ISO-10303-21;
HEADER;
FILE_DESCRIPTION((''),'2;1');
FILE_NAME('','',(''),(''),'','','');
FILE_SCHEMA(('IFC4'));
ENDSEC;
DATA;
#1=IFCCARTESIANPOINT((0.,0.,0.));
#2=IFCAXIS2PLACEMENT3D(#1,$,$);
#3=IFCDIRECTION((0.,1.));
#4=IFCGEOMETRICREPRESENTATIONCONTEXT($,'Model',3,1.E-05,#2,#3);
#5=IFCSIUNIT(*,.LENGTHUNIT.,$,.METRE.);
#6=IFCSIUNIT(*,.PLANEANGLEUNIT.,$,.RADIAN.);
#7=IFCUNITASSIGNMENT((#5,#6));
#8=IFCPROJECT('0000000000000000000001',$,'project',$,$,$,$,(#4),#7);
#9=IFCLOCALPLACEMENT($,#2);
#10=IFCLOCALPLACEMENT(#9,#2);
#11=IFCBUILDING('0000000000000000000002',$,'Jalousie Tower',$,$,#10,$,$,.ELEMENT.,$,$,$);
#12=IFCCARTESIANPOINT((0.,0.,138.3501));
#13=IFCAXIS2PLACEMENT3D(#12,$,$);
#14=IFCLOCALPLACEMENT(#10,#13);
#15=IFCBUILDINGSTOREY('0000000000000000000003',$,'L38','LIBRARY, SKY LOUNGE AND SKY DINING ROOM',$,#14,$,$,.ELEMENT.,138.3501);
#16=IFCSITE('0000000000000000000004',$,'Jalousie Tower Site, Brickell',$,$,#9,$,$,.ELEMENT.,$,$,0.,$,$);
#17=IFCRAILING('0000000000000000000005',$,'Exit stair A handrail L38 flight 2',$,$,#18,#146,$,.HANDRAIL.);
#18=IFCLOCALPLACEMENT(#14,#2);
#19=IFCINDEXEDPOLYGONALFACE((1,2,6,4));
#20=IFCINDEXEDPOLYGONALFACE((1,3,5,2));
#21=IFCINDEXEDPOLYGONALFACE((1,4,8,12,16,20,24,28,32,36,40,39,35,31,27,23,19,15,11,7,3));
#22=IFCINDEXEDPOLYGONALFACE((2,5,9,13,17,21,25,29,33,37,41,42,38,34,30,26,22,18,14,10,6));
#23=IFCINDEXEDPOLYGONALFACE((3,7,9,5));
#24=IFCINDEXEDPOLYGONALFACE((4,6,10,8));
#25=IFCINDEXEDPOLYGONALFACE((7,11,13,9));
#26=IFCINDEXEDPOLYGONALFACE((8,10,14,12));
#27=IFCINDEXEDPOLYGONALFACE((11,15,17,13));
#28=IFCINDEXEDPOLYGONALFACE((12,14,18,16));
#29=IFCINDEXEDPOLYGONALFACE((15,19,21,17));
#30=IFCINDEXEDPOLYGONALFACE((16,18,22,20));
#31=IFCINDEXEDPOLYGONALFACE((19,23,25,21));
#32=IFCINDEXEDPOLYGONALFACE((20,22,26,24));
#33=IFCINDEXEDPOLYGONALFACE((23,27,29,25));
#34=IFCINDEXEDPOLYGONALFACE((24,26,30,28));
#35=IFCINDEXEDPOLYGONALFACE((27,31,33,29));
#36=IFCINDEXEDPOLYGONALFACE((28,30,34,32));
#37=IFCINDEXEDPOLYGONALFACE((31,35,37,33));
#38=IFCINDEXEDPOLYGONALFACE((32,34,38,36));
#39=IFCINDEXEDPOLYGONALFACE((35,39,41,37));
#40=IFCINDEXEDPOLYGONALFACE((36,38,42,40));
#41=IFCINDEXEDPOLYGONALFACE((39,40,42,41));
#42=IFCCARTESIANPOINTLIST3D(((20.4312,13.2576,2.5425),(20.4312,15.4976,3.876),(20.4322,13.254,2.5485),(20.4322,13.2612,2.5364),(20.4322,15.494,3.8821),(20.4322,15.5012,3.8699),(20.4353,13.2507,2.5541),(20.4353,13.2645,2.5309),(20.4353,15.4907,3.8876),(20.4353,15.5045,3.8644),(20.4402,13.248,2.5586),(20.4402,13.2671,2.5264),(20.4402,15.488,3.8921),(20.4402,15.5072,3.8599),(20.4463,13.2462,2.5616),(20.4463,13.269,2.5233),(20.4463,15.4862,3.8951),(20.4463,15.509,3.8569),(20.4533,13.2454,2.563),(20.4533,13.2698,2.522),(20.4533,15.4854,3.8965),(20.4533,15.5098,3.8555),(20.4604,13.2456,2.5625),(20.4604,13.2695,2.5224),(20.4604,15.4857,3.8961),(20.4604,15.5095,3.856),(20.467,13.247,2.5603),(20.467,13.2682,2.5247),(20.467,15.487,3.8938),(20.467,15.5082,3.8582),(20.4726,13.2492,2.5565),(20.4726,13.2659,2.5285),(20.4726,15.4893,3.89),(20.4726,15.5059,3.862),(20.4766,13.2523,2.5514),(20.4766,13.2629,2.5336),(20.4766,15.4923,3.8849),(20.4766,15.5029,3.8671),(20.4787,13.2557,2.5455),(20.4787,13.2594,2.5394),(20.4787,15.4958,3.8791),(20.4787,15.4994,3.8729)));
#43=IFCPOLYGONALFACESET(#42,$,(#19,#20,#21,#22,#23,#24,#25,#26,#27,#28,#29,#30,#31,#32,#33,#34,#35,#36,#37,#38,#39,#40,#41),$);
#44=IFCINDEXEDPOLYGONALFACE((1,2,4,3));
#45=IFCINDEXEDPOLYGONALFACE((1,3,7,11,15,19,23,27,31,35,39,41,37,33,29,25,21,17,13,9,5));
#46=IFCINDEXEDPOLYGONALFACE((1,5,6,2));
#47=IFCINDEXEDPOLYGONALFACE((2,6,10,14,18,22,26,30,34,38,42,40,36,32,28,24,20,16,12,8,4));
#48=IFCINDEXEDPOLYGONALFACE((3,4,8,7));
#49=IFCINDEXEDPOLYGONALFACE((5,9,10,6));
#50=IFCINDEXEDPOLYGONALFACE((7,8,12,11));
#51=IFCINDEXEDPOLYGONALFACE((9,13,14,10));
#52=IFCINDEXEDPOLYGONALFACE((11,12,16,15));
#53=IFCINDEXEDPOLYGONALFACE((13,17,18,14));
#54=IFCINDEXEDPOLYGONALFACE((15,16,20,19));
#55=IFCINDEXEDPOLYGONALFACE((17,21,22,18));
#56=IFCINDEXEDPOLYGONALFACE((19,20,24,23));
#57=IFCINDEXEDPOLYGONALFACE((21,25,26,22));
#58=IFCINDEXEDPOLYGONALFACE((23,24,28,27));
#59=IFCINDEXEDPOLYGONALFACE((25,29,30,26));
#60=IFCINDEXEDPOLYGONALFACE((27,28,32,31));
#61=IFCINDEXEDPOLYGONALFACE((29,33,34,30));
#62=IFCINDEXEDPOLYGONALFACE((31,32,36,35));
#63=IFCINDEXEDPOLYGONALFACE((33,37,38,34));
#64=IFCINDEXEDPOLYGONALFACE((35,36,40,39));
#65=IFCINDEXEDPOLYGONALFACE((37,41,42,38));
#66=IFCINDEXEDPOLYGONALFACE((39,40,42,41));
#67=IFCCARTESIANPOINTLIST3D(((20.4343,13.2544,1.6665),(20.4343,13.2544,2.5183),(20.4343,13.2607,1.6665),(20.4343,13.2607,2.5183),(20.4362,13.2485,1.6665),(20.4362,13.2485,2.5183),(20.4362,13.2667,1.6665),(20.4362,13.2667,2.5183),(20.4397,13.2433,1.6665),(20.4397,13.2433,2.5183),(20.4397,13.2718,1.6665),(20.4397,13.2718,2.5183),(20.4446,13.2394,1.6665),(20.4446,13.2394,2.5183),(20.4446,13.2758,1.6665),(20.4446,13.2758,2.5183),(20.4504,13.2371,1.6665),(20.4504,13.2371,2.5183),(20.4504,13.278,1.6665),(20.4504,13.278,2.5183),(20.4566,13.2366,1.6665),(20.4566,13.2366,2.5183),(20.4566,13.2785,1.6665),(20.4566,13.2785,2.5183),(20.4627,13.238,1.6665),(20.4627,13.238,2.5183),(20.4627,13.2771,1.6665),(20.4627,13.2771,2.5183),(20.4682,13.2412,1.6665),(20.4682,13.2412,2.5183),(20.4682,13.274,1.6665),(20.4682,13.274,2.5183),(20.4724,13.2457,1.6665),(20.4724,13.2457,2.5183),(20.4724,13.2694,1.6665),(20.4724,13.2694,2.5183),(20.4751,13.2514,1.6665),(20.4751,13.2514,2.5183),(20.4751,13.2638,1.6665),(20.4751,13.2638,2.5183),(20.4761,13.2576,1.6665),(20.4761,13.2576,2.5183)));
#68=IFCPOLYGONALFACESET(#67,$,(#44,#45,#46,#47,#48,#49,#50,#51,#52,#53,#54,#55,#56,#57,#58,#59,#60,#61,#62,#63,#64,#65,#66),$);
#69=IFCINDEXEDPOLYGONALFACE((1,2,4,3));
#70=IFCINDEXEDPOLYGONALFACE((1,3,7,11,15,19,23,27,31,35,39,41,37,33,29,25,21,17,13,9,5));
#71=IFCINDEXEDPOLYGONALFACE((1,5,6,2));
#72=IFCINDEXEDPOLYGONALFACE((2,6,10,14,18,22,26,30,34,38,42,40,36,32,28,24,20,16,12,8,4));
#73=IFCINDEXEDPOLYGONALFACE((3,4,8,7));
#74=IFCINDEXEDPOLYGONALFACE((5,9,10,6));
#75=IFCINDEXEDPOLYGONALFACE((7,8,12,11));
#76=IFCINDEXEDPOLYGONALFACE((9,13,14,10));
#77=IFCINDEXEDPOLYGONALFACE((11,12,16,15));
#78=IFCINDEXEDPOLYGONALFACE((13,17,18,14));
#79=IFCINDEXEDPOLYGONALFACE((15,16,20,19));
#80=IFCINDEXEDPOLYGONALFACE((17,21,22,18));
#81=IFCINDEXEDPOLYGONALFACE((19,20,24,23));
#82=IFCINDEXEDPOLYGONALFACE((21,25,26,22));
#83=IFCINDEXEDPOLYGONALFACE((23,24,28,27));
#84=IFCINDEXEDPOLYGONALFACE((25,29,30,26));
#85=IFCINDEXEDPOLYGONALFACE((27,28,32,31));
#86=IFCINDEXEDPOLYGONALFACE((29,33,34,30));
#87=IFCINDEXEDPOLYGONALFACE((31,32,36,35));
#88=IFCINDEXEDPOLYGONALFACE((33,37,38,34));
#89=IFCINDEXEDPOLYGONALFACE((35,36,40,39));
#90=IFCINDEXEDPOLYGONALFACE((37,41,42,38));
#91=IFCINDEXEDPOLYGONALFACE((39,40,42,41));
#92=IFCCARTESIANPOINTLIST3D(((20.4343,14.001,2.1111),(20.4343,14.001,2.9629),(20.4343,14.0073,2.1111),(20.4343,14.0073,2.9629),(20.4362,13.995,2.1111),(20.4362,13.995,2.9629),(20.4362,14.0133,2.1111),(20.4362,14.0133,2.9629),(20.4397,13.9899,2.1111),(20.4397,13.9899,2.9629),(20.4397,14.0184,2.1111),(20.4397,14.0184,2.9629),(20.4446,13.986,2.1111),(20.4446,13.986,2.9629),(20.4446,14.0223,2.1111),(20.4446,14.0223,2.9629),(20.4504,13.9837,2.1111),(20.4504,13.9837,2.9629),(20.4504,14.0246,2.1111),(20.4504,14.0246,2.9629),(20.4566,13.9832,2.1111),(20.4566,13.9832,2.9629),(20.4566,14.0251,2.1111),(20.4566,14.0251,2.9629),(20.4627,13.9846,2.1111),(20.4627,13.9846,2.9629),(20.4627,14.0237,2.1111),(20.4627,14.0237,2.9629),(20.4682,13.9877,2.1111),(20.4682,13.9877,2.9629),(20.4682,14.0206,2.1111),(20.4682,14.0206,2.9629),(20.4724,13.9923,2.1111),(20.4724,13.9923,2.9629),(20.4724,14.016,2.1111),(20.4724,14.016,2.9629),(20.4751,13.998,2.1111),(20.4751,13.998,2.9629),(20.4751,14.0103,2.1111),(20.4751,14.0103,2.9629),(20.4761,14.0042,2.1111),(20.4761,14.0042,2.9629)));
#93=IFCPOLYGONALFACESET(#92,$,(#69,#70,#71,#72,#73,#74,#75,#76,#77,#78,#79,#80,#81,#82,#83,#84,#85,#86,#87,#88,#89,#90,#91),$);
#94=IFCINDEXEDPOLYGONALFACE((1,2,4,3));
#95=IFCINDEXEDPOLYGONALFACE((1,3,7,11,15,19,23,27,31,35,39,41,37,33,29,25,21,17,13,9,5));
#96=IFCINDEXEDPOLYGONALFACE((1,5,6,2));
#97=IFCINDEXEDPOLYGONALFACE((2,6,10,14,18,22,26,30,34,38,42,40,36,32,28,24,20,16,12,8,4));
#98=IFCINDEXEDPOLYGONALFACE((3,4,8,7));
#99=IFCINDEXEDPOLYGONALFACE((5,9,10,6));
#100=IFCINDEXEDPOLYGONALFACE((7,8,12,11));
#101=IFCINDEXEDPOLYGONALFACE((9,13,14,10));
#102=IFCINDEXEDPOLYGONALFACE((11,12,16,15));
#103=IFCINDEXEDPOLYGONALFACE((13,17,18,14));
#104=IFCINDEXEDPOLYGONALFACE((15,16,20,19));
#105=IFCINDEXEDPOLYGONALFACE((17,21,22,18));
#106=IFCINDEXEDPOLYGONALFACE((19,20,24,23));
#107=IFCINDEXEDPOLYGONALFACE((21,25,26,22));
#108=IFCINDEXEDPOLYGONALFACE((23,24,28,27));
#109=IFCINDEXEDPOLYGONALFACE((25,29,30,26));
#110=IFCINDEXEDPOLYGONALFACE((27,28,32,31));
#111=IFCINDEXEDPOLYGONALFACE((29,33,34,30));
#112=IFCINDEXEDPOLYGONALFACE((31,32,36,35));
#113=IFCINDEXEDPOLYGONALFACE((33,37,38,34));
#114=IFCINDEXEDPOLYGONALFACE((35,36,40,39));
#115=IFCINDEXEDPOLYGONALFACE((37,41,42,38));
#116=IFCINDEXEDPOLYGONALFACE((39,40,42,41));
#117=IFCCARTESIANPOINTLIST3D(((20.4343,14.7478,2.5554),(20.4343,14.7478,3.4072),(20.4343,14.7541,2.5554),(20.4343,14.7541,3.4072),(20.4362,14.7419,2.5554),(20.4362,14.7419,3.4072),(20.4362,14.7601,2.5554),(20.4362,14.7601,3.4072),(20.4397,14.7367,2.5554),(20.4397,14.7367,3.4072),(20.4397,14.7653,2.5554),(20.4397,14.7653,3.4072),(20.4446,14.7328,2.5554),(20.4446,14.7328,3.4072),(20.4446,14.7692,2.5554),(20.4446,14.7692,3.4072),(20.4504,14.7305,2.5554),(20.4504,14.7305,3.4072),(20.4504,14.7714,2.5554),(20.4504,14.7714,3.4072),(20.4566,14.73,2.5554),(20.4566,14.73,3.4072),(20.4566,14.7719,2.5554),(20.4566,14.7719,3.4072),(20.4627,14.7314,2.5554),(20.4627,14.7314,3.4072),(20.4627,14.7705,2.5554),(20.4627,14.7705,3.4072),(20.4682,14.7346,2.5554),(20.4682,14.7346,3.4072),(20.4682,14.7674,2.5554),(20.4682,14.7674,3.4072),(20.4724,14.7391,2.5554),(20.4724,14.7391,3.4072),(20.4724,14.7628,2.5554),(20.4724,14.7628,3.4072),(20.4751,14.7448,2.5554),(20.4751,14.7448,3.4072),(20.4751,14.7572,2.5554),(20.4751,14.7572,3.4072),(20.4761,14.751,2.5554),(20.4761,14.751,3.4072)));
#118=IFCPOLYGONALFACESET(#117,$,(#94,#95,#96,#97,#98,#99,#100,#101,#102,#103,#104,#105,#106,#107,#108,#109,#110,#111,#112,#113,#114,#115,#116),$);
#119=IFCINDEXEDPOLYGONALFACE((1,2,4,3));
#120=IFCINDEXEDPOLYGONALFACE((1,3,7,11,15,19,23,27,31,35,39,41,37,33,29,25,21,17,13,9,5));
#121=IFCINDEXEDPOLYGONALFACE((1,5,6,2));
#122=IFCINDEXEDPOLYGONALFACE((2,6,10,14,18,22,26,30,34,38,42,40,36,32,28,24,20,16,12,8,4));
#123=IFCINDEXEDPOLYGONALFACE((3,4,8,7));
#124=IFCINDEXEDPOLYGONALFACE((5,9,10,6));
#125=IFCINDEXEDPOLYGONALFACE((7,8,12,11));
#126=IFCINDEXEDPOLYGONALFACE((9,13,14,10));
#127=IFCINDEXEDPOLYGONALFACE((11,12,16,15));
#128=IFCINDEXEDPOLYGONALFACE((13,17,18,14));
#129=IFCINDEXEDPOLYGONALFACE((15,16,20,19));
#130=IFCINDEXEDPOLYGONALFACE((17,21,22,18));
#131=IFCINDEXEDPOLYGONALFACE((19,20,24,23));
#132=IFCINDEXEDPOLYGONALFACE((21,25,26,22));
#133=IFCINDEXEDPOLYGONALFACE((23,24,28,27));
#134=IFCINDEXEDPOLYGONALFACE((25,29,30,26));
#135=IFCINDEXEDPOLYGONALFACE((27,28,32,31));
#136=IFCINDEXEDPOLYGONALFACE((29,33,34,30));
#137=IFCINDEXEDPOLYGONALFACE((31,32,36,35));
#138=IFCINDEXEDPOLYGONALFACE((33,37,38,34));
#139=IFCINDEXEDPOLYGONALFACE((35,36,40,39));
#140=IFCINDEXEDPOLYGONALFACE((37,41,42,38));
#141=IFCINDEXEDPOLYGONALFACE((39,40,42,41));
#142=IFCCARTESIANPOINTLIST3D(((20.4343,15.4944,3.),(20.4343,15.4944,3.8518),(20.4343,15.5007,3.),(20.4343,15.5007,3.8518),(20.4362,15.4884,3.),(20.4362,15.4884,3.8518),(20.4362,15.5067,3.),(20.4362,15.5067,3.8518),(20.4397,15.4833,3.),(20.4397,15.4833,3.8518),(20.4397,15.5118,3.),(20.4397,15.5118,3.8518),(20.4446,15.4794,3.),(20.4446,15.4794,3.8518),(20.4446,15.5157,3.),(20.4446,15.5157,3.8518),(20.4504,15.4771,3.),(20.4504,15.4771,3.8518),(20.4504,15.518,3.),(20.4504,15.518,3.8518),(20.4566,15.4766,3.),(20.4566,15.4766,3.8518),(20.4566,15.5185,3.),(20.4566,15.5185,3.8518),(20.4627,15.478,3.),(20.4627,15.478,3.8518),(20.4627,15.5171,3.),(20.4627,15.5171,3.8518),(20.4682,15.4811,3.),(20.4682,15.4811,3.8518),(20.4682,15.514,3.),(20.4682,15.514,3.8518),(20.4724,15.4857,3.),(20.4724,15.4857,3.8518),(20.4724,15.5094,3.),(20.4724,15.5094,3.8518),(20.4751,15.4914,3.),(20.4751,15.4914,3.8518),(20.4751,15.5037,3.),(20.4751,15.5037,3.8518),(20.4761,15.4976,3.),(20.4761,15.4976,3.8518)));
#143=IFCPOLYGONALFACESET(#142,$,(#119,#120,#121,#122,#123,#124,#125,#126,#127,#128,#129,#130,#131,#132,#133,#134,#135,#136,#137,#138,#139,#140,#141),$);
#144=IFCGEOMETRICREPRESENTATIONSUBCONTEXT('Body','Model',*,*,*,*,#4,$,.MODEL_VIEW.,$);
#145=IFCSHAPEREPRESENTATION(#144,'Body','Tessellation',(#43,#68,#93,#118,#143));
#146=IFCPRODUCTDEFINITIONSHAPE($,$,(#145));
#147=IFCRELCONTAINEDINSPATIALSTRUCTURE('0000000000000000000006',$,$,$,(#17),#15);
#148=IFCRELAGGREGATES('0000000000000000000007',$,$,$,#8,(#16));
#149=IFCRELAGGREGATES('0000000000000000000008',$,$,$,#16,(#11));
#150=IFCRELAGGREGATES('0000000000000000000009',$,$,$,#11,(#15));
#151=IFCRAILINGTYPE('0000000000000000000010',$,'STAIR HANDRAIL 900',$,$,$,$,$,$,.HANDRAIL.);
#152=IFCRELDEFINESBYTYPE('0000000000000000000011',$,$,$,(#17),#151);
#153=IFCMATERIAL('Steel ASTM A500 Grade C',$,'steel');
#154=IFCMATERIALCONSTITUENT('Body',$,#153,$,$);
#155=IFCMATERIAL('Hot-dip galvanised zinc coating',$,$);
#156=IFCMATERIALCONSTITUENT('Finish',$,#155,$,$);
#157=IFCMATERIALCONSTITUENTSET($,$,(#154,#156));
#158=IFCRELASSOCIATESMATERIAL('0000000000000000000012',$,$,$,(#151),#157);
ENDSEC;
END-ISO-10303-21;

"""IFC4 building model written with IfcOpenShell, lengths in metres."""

from ifc_helpers import new_model, si_unit, direction, frame, origin, origin_2d, place, context, subcontext, project, spatial, circle, extrude, material, constituent, constituent_set, type_object, element, save


model = new_model("IFC4")

# Units and contexts
model_context = context("Model", 3, precision=1e-05, world=origin(), true_north=direction((0.0, 1.0)))
body_context = subcontext(model_context, "Body", "Model", "MODEL_VIEW")
ifc_project = project(units=[si_unit("LENGTHUNIT", "METRE"), si_unit("PLANEANGLEUNIT", "RADIAN")], contexts=[model_context])

# Site, building, storey
site_placement = place(None, origin())
site = spatial("IfcSite", under=ifc_project, at=site_placement, Name="Jalousie Tower Site, Brickell", CompositionType="ELEMENT", RefElevation=0.0)
building_placement = place(site_placement, origin())
building = spatial("IfcBuilding", under=site, at=building_placement, Name="Jalousie Tower", CompositionType="ELEMENT")
storey_placement = place(building_placement, frame((0.0, 0.0, 138.3501)))
storey = spatial("IfcBuildingStorey", under=building, at=storey_placement, Name="L38", Description="LIBRARY, SKY LOUNGE AND SKY DINING ROOM", CompositionType="ELEMENT", Elevation=138.3501)

# Railing
ifc_material_1 = material(Name="Steel ASTM A500 Grade C", Category="steel")
ifc_constituent_1 = constituent(ifc_material_1, Name="Body")
ifc_material_2 = material(Name="Hot-dip galvanised zinc coating")
ifc_constituent_2 = constituent(ifc_material_2, Name="Finish")
ifc_constituent_set_1 = constituent_set(constituents=[ifc_constituent_1, ifc_constituent_2])
railing_type = type_object("IfcRailingType", Name="STAIR HANDRAIL 900", PredefinedType="HANDRAIL", material=ifc_constituent_set_1)
for number, where, name in (
    (1, (20.4551, 13.2576, 1.6665), "Exit stair A handrail L38 flight 2"),
):
    element("IfcRailing", number, at=place(storey_placement, frame(where)), inside=storey, type_object=railing_type, Name=name, PredefinedType="HANDRAIL", context=body_context, shape_type="SweptSolid", body=[
        extrude(circle(Radius=0.0239, at=origin_2d()), frame((0.0, 0.0, 0.876), z_axis=(0.0, 0.859264, 0.511532), x_axis=(-1.0, 0.0, 0.0)), (0.0, 0.0, 1.0), 2.6069),
        extrude(circle(Radius=0.021, at=origin_2d()), origin(), (0.0, 0.0, 1.0), 0.8518),
        extrude(circle(Radius=0.021, at=origin_2d()), frame((0.0, 0.7466, 0.4446)), (0.0, 0.0, 1.0), 0.8518),
        extrude(circle(Radius=0.021, at=origin_2d()), frame((0.0, 1.4934, 0.8889)), (0.0, 0.0, 1.0), 0.8518),
        extrude(circle(Radius=0.021, at=origin_2d()), frame((0.0, 2.24, 1.3335)), (0.0, 0.0, 1.0), 0.8518),
    ])

save(model, "model.ifc")
